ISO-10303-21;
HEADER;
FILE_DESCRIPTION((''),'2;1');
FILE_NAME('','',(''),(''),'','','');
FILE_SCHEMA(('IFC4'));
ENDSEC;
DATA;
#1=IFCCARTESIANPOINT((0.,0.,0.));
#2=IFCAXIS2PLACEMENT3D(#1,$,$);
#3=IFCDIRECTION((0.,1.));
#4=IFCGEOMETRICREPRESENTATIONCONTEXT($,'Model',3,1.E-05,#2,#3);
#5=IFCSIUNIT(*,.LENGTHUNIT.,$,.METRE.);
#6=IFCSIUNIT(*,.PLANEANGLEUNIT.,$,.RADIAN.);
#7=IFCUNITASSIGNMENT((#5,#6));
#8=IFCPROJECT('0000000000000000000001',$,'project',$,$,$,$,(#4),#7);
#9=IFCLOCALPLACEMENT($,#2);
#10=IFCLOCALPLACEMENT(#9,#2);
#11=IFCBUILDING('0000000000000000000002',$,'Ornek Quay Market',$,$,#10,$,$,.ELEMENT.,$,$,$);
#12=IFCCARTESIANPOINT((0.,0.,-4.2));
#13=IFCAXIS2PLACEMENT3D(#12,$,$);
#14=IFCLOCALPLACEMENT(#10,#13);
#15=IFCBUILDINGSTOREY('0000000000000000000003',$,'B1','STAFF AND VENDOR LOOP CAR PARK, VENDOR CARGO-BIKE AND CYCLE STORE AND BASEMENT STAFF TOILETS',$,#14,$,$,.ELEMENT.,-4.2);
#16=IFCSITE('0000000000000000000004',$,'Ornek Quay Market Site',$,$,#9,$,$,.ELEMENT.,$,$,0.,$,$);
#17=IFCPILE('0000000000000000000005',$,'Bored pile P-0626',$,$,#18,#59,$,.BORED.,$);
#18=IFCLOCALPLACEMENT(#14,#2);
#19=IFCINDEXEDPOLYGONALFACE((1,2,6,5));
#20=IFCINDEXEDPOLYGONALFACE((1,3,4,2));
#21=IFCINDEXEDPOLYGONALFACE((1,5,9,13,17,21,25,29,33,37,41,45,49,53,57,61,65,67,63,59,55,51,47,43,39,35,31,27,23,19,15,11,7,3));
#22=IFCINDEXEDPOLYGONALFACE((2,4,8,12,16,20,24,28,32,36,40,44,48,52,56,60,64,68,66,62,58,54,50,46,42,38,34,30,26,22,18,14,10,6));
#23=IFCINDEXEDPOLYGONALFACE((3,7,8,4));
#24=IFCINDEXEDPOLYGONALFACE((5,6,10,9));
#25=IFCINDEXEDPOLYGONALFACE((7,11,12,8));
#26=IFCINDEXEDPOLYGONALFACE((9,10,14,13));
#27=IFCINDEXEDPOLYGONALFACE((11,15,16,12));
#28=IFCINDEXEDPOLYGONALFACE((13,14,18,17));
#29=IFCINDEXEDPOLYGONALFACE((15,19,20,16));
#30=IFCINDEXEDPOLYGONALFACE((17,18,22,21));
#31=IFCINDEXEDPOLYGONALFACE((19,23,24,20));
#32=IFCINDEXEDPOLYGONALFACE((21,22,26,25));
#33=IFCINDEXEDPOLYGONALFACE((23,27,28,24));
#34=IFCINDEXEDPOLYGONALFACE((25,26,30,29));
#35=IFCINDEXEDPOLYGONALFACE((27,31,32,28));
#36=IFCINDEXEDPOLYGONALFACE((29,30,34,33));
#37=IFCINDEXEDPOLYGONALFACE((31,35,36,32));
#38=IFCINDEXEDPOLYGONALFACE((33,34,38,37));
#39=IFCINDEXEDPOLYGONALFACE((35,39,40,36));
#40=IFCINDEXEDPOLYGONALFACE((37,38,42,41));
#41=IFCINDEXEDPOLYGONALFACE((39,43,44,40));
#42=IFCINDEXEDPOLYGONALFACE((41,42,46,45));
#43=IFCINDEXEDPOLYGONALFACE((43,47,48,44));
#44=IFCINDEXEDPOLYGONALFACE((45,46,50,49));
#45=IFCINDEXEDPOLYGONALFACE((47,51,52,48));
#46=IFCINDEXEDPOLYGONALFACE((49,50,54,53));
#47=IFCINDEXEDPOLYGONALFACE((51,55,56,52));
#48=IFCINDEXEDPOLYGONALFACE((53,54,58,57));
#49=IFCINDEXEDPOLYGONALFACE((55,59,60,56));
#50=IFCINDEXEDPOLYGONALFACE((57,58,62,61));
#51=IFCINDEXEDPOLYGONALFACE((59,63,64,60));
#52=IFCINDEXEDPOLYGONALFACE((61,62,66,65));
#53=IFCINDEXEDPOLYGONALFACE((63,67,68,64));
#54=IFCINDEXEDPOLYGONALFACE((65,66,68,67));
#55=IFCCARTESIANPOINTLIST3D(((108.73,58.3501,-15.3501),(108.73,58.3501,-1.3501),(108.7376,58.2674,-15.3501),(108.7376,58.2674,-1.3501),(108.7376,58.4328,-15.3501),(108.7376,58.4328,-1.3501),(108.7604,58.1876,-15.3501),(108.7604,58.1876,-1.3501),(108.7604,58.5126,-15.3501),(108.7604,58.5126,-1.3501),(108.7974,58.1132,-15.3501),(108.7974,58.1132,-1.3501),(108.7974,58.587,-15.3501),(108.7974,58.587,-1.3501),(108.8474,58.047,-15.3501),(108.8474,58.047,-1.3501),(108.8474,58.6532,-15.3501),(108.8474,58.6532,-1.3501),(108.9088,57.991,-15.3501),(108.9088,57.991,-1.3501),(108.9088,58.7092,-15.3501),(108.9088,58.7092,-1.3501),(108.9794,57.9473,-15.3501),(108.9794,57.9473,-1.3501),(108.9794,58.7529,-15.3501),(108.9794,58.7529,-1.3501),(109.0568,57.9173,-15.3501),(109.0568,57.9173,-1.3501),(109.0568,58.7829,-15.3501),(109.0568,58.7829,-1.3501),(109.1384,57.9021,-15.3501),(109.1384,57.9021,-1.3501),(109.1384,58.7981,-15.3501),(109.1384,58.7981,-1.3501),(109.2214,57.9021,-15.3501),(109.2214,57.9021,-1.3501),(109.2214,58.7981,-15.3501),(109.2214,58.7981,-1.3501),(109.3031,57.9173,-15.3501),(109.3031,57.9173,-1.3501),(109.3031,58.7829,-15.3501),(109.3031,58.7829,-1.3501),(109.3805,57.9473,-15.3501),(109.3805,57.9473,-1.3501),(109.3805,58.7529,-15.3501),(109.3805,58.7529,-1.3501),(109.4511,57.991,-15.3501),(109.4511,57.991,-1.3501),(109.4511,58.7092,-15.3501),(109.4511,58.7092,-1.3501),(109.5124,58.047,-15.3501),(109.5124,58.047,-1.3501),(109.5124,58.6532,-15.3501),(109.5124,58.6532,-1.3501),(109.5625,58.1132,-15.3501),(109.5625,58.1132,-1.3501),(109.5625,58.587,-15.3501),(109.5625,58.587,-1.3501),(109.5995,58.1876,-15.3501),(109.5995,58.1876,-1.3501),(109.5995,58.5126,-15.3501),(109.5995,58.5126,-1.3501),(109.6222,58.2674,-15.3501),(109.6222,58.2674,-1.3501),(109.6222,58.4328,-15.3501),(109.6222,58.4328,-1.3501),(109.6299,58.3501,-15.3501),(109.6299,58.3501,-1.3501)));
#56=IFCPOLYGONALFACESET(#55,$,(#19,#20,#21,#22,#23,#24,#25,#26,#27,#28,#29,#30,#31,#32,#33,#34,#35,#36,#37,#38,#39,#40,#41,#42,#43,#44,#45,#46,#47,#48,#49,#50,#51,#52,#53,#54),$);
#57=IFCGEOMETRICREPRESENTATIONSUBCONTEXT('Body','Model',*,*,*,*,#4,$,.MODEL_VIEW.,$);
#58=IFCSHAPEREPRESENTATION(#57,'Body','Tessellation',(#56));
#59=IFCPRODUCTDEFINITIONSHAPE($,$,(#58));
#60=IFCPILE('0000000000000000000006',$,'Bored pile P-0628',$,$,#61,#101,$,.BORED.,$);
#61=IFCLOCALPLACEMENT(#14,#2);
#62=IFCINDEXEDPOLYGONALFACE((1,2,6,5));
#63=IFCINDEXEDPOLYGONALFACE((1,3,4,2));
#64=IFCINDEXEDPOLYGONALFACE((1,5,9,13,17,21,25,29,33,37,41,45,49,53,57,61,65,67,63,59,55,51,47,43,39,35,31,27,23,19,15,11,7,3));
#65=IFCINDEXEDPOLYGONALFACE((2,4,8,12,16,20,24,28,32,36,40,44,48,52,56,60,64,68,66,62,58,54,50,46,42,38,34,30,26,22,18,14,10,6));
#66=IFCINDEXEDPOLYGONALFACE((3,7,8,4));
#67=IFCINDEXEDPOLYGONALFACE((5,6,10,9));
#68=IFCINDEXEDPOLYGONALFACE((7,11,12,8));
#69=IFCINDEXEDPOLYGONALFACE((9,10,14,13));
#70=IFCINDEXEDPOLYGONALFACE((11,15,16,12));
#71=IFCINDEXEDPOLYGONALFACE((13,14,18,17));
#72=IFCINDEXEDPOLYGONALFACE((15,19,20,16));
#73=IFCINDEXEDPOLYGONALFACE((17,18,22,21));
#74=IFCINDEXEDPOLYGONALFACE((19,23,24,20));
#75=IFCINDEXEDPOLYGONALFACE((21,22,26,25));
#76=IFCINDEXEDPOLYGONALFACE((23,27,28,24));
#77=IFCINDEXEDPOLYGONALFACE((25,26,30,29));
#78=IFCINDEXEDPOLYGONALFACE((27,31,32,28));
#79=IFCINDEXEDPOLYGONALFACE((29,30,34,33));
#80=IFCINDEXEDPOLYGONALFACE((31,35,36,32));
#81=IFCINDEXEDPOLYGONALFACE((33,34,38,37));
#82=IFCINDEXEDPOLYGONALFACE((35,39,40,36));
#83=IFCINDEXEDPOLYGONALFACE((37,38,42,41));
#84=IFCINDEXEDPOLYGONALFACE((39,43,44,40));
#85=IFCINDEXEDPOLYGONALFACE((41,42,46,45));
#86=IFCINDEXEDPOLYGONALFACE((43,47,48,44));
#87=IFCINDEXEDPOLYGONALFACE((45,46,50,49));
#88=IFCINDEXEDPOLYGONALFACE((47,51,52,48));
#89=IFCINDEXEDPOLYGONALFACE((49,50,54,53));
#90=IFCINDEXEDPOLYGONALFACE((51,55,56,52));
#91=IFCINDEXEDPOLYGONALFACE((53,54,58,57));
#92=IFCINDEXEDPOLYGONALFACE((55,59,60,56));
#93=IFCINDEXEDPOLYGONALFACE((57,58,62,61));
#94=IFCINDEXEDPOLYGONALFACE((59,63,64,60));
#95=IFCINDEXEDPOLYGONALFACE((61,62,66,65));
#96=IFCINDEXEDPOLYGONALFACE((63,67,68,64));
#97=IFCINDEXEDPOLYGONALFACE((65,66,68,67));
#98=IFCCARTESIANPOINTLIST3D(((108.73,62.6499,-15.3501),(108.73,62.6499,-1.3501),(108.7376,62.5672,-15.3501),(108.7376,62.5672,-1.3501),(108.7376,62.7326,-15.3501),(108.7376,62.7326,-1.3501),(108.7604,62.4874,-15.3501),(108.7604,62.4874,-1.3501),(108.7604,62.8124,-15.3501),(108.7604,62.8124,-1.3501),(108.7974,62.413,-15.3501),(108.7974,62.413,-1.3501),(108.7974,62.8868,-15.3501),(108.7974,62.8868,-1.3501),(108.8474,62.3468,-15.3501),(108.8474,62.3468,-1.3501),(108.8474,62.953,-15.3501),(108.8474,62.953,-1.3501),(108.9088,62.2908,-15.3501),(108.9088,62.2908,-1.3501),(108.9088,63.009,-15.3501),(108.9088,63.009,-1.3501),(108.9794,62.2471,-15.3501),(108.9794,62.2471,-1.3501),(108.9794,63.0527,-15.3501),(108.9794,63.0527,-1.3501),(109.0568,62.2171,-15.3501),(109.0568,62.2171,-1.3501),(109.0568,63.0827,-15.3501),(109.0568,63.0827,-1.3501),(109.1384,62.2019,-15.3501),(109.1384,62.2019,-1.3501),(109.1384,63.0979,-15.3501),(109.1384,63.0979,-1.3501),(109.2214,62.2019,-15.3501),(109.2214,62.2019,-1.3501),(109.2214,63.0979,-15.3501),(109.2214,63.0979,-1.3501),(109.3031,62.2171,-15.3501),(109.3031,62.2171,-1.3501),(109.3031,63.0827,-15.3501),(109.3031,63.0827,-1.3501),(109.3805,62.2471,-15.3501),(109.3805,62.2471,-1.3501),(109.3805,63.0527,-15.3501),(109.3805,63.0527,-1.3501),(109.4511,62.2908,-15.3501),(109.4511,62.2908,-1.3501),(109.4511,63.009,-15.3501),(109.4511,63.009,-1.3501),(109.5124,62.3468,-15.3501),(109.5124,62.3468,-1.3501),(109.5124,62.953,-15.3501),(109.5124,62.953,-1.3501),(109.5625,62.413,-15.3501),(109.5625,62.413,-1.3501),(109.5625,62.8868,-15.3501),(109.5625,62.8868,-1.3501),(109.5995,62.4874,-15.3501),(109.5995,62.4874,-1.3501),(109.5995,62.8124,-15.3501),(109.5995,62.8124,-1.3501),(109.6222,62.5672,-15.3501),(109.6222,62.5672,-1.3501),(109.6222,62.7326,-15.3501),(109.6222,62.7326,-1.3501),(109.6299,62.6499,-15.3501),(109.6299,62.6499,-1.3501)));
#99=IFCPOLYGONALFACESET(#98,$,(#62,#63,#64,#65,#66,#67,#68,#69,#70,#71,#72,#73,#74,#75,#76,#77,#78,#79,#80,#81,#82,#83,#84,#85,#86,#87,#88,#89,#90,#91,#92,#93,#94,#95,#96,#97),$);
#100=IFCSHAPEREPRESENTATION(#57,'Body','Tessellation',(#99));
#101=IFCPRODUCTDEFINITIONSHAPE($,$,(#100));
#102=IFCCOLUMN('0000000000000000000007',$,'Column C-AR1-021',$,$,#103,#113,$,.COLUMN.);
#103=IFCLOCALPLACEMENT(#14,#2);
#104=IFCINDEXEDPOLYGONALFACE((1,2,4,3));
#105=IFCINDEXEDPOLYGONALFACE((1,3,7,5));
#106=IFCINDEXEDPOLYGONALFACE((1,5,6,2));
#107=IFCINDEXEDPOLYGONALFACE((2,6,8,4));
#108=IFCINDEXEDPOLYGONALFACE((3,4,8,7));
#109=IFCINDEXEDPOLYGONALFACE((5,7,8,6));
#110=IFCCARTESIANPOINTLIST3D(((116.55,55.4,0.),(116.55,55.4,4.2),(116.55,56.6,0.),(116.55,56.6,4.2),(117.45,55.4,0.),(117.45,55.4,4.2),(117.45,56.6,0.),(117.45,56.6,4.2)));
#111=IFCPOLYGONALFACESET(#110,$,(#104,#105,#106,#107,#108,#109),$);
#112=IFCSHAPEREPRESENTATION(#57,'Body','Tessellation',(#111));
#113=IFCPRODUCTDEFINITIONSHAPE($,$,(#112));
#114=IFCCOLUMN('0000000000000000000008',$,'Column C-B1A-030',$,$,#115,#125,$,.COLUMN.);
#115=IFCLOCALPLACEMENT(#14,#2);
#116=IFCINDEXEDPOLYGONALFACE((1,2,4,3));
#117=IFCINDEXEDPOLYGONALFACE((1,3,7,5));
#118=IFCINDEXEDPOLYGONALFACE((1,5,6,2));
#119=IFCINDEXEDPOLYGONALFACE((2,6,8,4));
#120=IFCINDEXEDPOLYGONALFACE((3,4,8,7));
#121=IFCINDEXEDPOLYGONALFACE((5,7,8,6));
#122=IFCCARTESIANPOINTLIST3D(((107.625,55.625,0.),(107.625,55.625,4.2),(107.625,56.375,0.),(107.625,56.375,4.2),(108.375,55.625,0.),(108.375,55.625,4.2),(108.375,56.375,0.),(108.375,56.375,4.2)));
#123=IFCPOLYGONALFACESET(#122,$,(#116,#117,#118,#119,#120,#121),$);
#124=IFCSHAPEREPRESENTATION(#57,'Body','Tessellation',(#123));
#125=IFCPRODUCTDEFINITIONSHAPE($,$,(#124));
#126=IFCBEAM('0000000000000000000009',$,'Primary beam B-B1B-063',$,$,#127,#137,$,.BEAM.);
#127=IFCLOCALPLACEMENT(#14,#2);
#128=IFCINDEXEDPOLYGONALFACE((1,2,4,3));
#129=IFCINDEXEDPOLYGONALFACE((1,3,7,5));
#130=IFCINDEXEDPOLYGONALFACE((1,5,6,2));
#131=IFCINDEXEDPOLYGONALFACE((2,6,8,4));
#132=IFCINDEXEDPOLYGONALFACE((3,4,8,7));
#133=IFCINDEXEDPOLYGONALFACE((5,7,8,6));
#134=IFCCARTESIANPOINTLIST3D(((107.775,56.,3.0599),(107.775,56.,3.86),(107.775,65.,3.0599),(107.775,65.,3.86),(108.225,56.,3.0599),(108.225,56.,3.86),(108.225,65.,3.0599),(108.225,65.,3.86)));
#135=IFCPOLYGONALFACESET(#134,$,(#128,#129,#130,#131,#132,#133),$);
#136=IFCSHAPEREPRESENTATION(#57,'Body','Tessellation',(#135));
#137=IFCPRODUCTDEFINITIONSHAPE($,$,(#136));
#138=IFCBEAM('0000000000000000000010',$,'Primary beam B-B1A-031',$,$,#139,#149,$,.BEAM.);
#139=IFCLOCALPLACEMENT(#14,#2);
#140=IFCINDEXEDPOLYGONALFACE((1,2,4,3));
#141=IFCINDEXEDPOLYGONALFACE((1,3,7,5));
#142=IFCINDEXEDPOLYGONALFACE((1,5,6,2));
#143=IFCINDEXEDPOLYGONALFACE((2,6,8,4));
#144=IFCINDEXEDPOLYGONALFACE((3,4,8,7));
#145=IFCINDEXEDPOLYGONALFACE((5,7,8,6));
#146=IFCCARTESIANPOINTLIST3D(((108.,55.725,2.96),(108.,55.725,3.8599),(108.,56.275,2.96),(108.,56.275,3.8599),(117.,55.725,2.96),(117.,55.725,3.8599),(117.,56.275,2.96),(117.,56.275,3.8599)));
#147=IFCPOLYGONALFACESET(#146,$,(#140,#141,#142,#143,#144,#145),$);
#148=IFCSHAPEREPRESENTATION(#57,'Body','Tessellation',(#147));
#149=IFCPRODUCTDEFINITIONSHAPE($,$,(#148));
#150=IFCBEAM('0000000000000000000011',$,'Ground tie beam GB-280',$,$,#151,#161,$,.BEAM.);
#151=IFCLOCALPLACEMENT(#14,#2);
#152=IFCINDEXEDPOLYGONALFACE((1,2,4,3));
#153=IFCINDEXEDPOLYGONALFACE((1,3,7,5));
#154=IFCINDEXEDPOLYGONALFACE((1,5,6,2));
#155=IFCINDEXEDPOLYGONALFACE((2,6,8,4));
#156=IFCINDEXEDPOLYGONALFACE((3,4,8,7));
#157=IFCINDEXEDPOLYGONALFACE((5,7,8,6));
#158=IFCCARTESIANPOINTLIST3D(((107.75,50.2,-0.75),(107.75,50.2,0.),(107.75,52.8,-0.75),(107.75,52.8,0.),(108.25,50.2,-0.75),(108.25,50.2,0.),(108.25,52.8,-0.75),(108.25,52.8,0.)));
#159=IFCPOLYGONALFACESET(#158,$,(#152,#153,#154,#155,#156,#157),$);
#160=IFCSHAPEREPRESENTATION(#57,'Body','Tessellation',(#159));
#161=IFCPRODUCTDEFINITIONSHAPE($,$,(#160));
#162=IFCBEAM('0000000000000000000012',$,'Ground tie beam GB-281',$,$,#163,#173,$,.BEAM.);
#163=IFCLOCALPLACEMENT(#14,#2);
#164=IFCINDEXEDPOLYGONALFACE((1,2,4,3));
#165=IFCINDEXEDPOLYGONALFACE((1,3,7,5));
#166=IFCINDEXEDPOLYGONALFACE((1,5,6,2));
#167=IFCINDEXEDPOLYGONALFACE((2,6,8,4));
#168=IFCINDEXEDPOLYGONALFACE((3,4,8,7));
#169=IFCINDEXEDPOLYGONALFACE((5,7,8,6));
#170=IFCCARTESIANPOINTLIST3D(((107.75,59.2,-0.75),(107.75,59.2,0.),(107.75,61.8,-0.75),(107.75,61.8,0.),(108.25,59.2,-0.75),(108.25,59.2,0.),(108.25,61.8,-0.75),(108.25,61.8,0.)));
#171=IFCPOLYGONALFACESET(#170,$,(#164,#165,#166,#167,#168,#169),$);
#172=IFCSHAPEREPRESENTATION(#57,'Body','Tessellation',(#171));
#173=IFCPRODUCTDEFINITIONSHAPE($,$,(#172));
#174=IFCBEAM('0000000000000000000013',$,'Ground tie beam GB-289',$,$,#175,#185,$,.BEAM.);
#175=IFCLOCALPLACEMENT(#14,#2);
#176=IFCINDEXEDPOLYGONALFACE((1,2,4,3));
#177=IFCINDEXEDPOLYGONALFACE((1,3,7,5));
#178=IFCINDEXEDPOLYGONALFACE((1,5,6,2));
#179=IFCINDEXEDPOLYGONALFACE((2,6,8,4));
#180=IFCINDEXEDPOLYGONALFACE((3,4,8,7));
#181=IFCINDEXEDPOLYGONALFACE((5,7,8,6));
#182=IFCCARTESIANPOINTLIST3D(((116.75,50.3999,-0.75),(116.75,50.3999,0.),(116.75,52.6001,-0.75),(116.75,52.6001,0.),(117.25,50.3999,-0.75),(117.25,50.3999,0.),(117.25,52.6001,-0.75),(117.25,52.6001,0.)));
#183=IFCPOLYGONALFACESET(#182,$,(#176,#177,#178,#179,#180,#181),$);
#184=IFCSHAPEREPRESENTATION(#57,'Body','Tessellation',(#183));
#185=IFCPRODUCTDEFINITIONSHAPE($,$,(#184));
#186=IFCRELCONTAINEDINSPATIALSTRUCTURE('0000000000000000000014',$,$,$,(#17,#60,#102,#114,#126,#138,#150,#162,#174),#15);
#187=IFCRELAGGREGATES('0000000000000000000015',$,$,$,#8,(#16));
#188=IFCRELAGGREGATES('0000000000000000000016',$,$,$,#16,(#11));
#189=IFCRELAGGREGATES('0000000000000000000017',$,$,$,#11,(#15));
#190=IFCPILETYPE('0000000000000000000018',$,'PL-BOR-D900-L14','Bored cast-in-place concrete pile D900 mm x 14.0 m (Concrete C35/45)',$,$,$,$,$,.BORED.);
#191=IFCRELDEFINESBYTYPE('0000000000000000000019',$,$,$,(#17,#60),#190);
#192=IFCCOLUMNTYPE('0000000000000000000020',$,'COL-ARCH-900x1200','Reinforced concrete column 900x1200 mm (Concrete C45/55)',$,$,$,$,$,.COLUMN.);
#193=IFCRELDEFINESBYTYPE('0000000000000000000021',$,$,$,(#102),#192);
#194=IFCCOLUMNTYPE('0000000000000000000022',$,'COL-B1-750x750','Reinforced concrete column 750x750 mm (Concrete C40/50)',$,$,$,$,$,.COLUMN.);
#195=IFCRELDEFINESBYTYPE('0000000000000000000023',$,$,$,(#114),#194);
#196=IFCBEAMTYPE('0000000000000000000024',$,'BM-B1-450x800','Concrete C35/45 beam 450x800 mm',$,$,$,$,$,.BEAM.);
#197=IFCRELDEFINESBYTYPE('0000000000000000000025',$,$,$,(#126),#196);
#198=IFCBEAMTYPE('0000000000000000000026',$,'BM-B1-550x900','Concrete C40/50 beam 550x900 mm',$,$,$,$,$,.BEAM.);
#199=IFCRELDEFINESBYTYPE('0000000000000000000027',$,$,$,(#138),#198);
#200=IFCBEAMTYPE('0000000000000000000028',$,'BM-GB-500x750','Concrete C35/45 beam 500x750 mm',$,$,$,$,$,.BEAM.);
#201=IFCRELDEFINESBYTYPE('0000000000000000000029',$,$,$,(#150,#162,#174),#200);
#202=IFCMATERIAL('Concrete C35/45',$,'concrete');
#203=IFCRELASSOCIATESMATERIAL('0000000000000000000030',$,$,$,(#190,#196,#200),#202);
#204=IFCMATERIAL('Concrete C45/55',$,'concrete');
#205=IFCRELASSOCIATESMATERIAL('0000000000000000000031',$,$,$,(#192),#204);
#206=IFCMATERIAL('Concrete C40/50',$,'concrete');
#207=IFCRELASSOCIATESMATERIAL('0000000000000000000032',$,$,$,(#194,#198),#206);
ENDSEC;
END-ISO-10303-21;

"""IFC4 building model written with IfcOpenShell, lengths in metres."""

from ifc_helpers import new_model, si_unit, direction, frame, origin, origin_2d, place, context, subcontext, project, spatial, rectangle, circle, extrude, material, material_profile, profile_set, type_object, element, save


model = new_model("IFC4")

# Units and contexts
model_context = context("Model", 3, precision=1e-05, world=origin(), true_north=direction((0.0, 1.0)))
body_context = subcontext(model_context, "Body", "Model", "MODEL_VIEW")
ifc_project = project(units=[si_unit("LENGTHUNIT", "METRE"), si_unit("PLANEANGLEUNIT", "RADIAN")], contexts=[model_context])

# Site, building, storey
site_placement = place(None, origin())
site = spatial("IfcSite", under=ifc_project, at=site_placement, Name="Ornek Quay Market Site", CompositionType="ELEMENT", RefElevation=0.0)
building_placement = place(site_placement, origin())
building = spatial("IfcBuilding", under=site, at=building_placement, Name="Ornek Quay Market", CompositionType="ELEMENT")
storey_placement = place(building_placement, frame((0.0, 0.0, -4.2)))
storey = spatial("IfcBuildingStorey", under=building, at=storey_placement, Name="B1", Description="STAFF AND VENDOR LOOP CAR PARK, VENDOR CARGO-BIKE AND CYCLE STORE AND BASEMENT STAFF TOILETS", CompositionType="ELEMENT", Elevation=-4.2)

# Piles
ifc_material_1 = material(Name="Concrete C35/45", Category="concrete")
ifc_material_profile_1 = material_profile(ifc_material_1, circle(Radius=0.45, at=origin_2d()), Name="PILE D900", Category="concrete")
ifc_profile_set_1 = profile_set([ifc_material_profile_1], Name="Concrete C35/45")
pile_type_1 = type_object("IfcPileType", Name="PL-BOR-D900-L14", Description="Bored cast-in-place concrete pile D900 mm x 14.0 m (Concrete C35/45)", PredefinedType="BORED", material=ifc_profile_set_1)
for number, where, z_axis, x_axis, name in (
    (1, (109.1799, 58.3501, -1.3501), (0.0, 0.0, -1.0), (1.0, 0.0, 0.0), "Bored pile P-0626"),
    (2, (109.1799, 62.6499, -1.3501), (0.0, 0.0, -1.0), (1.0, 0.0, 0.0), "Bored pile P-0628"),
):
    element("IfcPile", number, at=place(storey_placement, frame(where, z_axis=z_axis, x_axis=x_axis)), inside=storey, type_object=pile_type_1, Name=name, PredefinedType="BORED", context=body_context, shape_type="SweptSolid", body=[
        extrude(circle(Radius=0.45, at=origin_2d()), origin(), (0.0, 0.0, 1.0), 14.0),
    ])

# Columns
ifc_material_2 = material(Name="Concrete C45/55", Category="concrete")
ifc_material_profile_2 = material_profile(ifc_material_2, rectangle(XDim=0.8999, YDim=1.2, at=origin_2d()), Name="RC 900x1200", Category="concrete")
ifc_profile_set_2 = profile_set([ifc_material_profile_2], Name="Concrete C45/55")
column_type_1 = type_object("IfcColumnType", Name="COL-ARCH-900x1200", Description="Reinforced concrete column 900x1200 mm (Concrete C45/55)", PredefinedType="COLUMN", material=ifc_profile_set_2)
column_1_placement = place(storey_placement, frame((117.0, 56.0, 0.0), z_axis=(0.0, 0.0, 1.0), x_axis=(1.0, 0.0, 0.0)))
element("IfcColumn", 3, at=column_1_placement, inside=storey, type_object=column_type_1, Name="Column C-AR1-021", PredefinedType="COLUMN", context=body_context, shape_type="SweptSolid", body=[
    extrude(rectangle(XDim=0.8999, YDim=1.2, at=origin_2d()), origin(), (0.0, 0.0, 1.0), 4.2),
])
ifc_material_3 = material(Name="Concrete C40/50", Category="concrete")
ifc_material_profile_3 = material_profile(ifc_material_3, rectangle(XDim=0.75, YDim=0.75, at=origin_2d()), Name="RC 750x750", Category="concrete")
ifc_profile_set_3 = profile_set([ifc_material_profile_3], Name="Concrete C40/50")
column_type_2 = type_object("IfcColumnType", Name="COL-B1-750x750", Description="Reinforced concrete column 750x750 mm (Concrete C40/50)", PredefinedType="COLUMN", material=ifc_profile_set_3)
column_2_placement = place(storey_placement, frame((108.0, 56.0, 0.0), z_axis=(0.0, 0.0, 1.0), x_axis=(1.0, 0.0, 0.0)))
element("IfcColumn", 4, at=column_2_placement, inside=storey, type_object=column_type_2, Name="Column C-B1A-030", PredefinedType="COLUMN", context=body_context, shape_type="SweptSolid", body=[
    extrude(rectangle(XDim=0.75, YDim=0.75, at=origin_2d()), origin(), (0.0, 0.0, 1.0), 4.2),
])

# Beams
ifc_material_profile_4 = material_profile(ifc_material_1, rectangle(XDim=0.45, YDim=0.8, at=origin_2d()), Name="RC 450x800", Category="concrete")
ifc_profile_set_4 = profile_set([ifc_material_profile_4], Name="Concrete C35/45")
beam_type_1 = type_object("IfcBeamType", Name="BM-B1-450x800", Description="Concrete C35/45 beam 450x800 mm", PredefinedType="BEAM", material=ifc_profile_set_4)
beam_1_placement = place(storey_placement, frame((108.0, 56.0, 3.46), z_axis=(0.0, 1.0, 0.0), x_axis=(-1.0, 0.0, 0.0)))
element("IfcBeam", 5, at=beam_1_placement, inside=storey, type_object=beam_type_1, Name="Primary beam B-B1B-063", PredefinedType="BEAM", context=body_context, shape_type="SweptSolid", body=[
    extrude(rectangle(XDim=0.45, YDim=0.8, at=origin_2d()), origin(), (0.0, 0.0, 1.0), 9.0),
])
ifc_material_profile_5 = material_profile(ifc_material_3, rectangle(XDim=0.55, YDim=0.8999, at=origin_2d()), Name="RC 550x900", Category="concrete")
ifc_profile_set_5 = profile_set([ifc_material_profile_5], Name="Concrete C40/50")
beam_type_2 = type_object("IfcBeamType", Name="BM-B1-550x900", Description="Concrete C40/50 beam 550x900 mm", PredefinedType="BEAM", material=ifc_profile_set_5)
beam_2_placement = place(storey_placement, frame((108.0, 56.0, 3.4099), z_axis=(1.0, 0.0, 0.0), x_axis=(0.0, 1.0, 0.0)))
element("IfcBeam", 6, at=beam_2_placement, inside=storey, type_object=beam_type_2, Name="Primary beam B-B1A-031", PredefinedType="BEAM", context=body_context, shape_type="SweptSolid", body=[
    extrude(rectangle(XDim=0.55, YDim=0.8999, at=origin_2d()), origin(), (0.0, 0.0, 1.0), 9.0),
])
ifc_material_profile_6 = material_profile(ifc_material_1, rectangle(XDim=0.5, YDim=0.75, at=origin_2d()), Name="RC 500x750", Category="concrete")
ifc_profile_set_6 = profile_set([ifc_material_profile_6], Name="Concrete C35/45")
beam_type_3 = type_object("IfcBeamType", Name="BM-GB-500x750", Description="Concrete C35/45 beam 500x750 mm", PredefinedType="BEAM", material=ifc_profile_set_6)
for number, where, z_axis, x_axis, name in (
    (7, (108.0, 50.2, -0.375), (0.0, 1.0, 0.0), (-1.0, 0.0, 0.0), "Ground tie beam GB-280"),
    (8, (108.0, 59.2, -0.375), (0.0, 1.0, 0.0), (-1.0, 0.0, 0.0), "Ground tie beam GB-281"),
):
    element("IfcBeam", number, at=place(storey_placement, frame(where, z_axis=z_axis, x_axis=x_axis)), inside=storey, type_object=beam_type_3, Name=name, PredefinedType="BEAM", context=body_context, shape_type="SweptSolid", body=[
        extrude(rectangle(XDim=0.5, YDim=0.75, at=origin_2d()), origin(), (0.0, 0.0, 1.0), 2.6001),
    ])
beam_3_placement = place(storey_placement, frame((117.0, 50.3999, -0.375), z_axis=(0.0, 1.0, 0.0), x_axis=(-1.0, 0.0, 0.0)))
element("IfcBeam", 9, at=beam_3_placement, inside=storey, type_object=beam_type_3, Name="Ground tie beam GB-289", PredefinedType="BEAM", context=body_context, shape_type="SweptSolid", body=[
    extrude(rectangle(XDim=0.5, YDim=0.75, at=origin_2d()), origin(), (0.0, 0.0, 1.0), 2.2002),
])

save(model, "model.ifc")
